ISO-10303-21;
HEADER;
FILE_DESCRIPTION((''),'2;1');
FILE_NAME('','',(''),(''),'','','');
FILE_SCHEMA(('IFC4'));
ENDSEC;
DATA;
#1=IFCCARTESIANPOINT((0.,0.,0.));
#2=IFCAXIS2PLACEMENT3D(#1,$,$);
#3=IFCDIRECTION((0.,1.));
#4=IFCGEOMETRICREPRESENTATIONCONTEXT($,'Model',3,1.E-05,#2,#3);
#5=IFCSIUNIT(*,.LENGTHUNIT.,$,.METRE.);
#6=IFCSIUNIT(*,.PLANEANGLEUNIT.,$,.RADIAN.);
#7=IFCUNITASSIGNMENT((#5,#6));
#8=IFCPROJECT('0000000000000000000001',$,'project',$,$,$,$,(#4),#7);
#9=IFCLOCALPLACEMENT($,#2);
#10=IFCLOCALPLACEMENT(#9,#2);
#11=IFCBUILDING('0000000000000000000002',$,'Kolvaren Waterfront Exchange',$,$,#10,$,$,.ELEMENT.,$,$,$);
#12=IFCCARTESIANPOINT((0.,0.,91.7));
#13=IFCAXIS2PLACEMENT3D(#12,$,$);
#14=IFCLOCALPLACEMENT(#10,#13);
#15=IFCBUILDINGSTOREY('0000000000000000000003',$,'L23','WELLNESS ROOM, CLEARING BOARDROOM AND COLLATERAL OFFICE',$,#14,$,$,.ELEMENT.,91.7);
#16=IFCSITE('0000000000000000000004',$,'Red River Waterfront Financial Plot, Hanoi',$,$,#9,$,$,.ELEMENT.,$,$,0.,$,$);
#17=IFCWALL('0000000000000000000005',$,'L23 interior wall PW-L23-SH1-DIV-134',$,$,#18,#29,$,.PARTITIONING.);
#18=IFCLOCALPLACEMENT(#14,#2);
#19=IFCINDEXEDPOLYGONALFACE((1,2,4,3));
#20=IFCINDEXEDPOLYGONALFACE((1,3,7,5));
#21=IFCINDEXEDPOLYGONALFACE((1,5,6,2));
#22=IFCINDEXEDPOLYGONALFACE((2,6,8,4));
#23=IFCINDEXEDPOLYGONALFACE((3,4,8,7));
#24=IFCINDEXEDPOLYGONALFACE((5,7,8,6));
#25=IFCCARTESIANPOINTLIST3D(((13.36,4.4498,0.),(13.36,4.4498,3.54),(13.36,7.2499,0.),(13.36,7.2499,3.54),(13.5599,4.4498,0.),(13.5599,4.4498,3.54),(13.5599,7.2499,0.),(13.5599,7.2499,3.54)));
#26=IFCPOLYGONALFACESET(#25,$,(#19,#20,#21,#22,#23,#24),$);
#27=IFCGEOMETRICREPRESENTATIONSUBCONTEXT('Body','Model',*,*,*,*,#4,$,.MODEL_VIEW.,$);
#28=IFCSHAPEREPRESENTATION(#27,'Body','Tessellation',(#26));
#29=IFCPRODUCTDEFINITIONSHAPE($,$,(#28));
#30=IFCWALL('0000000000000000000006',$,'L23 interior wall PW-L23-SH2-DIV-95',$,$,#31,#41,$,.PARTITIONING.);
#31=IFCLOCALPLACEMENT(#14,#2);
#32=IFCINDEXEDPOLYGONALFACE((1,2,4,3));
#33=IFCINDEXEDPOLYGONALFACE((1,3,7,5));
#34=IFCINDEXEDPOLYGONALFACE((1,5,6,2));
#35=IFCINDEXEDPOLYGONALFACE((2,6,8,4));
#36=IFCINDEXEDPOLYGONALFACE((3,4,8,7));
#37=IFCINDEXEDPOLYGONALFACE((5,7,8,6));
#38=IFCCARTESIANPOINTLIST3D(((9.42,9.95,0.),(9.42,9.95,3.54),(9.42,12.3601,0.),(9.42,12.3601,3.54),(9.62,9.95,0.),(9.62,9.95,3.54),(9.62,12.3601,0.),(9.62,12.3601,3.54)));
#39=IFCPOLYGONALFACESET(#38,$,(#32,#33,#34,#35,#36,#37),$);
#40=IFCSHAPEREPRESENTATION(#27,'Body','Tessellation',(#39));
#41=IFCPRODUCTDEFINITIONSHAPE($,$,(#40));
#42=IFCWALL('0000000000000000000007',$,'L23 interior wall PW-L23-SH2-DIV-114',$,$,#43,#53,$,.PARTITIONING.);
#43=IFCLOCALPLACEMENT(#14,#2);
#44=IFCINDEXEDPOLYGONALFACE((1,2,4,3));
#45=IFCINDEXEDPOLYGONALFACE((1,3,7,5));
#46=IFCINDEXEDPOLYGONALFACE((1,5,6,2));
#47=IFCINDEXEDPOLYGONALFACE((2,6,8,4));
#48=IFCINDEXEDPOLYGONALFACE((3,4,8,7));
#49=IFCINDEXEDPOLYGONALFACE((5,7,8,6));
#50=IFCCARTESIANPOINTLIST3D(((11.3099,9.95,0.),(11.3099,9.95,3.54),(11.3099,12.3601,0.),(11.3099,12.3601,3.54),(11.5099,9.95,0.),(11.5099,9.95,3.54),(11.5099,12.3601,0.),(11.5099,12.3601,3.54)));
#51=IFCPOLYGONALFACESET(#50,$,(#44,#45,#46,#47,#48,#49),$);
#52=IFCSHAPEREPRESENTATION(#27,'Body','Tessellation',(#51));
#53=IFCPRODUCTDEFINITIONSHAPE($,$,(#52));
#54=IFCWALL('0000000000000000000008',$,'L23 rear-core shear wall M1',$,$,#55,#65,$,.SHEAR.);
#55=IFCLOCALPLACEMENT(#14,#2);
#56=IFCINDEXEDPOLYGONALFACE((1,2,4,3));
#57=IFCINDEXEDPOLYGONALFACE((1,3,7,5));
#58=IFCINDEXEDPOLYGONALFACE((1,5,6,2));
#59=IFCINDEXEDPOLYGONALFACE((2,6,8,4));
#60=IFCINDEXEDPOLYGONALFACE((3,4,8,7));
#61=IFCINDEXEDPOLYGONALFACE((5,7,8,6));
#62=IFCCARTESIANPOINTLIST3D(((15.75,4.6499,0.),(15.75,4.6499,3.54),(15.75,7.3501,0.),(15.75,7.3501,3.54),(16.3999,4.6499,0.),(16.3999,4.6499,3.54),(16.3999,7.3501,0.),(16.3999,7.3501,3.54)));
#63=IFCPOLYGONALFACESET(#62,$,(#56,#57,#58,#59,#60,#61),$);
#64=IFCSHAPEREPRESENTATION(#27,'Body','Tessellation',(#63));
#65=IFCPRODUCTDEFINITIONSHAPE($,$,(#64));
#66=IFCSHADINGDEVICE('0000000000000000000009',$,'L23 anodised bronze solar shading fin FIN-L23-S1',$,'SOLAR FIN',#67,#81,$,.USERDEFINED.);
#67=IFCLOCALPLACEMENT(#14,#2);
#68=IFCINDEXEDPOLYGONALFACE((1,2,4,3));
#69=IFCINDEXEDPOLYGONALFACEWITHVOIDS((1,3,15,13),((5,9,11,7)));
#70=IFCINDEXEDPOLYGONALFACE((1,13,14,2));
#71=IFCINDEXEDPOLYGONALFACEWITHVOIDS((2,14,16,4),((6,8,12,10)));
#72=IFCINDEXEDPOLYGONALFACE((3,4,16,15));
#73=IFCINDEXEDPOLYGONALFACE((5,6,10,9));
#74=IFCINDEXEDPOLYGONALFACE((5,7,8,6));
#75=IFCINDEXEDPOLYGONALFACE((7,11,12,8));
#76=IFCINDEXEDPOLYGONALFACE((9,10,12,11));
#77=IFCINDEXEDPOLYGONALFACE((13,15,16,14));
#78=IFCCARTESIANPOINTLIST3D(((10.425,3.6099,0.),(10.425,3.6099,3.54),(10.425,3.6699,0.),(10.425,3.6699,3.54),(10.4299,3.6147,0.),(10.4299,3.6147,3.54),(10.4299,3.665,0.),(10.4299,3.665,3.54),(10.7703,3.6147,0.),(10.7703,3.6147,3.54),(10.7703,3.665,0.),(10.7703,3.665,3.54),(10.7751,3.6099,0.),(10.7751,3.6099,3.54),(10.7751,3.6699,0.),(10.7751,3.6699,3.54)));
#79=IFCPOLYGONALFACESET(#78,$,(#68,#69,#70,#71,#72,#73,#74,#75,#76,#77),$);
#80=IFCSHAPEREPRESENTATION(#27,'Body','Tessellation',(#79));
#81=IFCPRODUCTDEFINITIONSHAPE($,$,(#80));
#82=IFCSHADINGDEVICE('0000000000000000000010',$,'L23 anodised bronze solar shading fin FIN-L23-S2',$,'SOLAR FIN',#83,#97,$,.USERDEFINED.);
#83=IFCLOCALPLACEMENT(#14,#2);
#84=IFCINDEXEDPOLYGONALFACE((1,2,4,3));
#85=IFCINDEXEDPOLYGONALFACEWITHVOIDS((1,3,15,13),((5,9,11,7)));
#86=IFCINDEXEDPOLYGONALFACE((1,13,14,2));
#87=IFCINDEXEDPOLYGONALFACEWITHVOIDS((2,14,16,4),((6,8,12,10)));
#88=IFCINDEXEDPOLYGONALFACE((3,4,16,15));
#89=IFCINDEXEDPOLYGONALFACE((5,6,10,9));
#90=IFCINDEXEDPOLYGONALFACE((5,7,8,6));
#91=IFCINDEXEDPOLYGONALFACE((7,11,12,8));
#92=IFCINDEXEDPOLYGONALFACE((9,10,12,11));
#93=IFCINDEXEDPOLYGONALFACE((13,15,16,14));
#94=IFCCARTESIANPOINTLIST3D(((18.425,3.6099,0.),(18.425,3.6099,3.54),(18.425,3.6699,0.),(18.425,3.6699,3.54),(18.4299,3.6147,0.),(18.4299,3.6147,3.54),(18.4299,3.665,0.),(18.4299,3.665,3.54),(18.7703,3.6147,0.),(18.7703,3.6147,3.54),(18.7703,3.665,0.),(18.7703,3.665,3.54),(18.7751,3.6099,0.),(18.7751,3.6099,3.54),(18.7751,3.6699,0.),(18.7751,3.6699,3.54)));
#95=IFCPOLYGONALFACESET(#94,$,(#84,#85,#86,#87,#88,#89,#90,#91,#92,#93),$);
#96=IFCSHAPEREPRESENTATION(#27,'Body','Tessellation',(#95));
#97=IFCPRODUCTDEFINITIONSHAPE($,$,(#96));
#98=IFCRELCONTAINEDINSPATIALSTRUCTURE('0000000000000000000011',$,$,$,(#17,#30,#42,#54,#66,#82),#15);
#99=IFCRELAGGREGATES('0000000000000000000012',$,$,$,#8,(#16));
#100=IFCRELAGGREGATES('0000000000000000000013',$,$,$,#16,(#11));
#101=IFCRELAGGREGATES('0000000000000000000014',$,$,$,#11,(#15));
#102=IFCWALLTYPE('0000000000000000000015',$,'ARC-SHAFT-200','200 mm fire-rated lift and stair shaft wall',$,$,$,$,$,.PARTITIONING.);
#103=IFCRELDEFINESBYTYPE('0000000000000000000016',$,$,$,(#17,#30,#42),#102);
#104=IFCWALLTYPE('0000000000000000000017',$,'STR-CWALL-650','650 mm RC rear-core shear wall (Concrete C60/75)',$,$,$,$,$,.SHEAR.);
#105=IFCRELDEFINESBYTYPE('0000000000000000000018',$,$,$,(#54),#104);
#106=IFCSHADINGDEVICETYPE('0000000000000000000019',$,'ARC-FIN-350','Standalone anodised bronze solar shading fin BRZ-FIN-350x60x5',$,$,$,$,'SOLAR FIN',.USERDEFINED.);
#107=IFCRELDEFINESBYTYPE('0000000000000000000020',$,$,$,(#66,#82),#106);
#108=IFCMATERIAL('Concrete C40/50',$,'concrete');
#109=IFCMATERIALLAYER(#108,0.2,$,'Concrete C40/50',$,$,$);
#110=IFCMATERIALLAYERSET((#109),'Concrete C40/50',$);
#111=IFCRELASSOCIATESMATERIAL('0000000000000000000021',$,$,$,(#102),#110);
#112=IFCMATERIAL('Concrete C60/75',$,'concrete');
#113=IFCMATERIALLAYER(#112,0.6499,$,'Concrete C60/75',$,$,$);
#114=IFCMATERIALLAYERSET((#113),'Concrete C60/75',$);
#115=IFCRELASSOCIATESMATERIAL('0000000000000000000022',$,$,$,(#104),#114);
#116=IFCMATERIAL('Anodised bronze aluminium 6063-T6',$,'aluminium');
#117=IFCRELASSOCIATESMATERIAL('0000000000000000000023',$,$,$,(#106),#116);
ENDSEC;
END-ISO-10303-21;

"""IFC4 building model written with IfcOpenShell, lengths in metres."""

from ifc_helpers import new_model, si_unit, direction, frame, frame_2d, origin, origin_2d, place, context, subcontext, project, spatial, rectangle, hollow_rectangle, extrude, material, layer, layer_set, material_profile, profile_set, type_object, element, save


model = new_model("IFC4")

# Units and contexts
model_context = context("Model", 3, precision=1e-05, world=origin(), true_north=direction((0.0, 1.0)))
body_context = subcontext(model_context, "Body", "Model", "MODEL_VIEW")
ifc_project = project(units=[si_unit("LENGTHUNIT", "METRE"), si_unit("PLANEANGLEUNIT", "RADIAN")], contexts=[model_context])

# Site, building, storey
site_placement = place(None, origin())
site = spatial("IfcSite", under=ifc_project, at=site_placement, Name="Red River Waterfront Financial Plot, Hanoi", CompositionType="ELEMENT", RefElevation=0.0)
building_placement = place(site_placement, origin())
building = spatial("IfcBuilding", under=site, at=building_placement, Name="Kolvaren Waterfront Exchange", CompositionType="ELEMENT")
storey_placement = place(building_placement, frame((0.0, 0.0, 91.7)))
storey = spatial("IfcBuildingStorey", under=building, at=storey_placement, Name="L23", Description="WELLNESS ROOM, CLEARING BOARDROOM AND COLLATERAL OFFICE", CompositionType="ELEMENT", Elevation=91.7)

# Shared definitions
ifc_material_1 = material(Name="Concrete C60/75", Category="concrete")

# Shared definitions
ifc_material_2 = material(Name="Anodised bronze aluminium 6063-T6", Category="aluminium")

# Walls
ifc_material_3 = material(Name="Concrete C40/50", Category="concrete")
ifc_layer_1 = layer(ifc_material_3, 0.2, Name="Concrete C40/50")
ifc_layer_set_1 = layer_set([ifc_layer_1], Name="Concrete C40/50")
wall_type_1 = type_object("IfcWallType", Name="ARC-SHAFT-200", Description="200 mm fire-rated lift and stair shaft wall", PredefinedType="PARTITIONING", material=ifc_layer_set_1)
for number, where, z_axis, x_axis, name in (
    (1, (13.46, 4.45, 0.0), (0.0, 0.0, 1.0), (0.0, 1.0, 0.0), "L23 interior wall PW-L23-SH1-DIV-134"),
):
    element("IfcWall", number, at=place(storey_placement, frame(where, z_axis=z_axis, x_axis=x_axis)), inside=storey, type_object=wall_type_1, Name=name, PredefinedType="PARTITIONING", context=body_context, shape_type="SweptSolid", body=[
        extrude(rectangle(XDim=2.8, YDim=0.2, at=frame_2d((1.3999, 0.0))), origin(), (0.0, 0.0, 1.0), 3.54),
    ])
for number, where, z_axis, x_axis, name in (
    (2, (9.52, 9.95, 0.0), (0.0, 0.0, 1.0), (0.0, 1.0, 0.0), "L23 interior wall PW-L23-SH2-DIV-95"),
    (3, (11.4099, 9.95, 0.0), (0.0, 0.0, 1.0), (0.0, 1.0, 0.0), "L23 interior wall PW-L23-SH2-DIV-114"),
):
    element("IfcWall", number, at=place(storey_placement, frame(where, z_axis=z_axis, x_axis=x_axis)), inside=storey, type_object=wall_type_1, Name=name, PredefinedType="PARTITIONING", context=body_context, shape_type="SweptSolid", body=[
        extrude(rectangle(XDim=2.4102, YDim=0.2, at=frame_2d((1.2051, 0.0))), origin(), (0.0, 0.0, 1.0), 3.54),
    ])
ifc_layer_2 = layer(ifc_material_1, 0.6499, Name="Concrete C60/75")
ifc_layer_set_2 = layer_set([ifc_layer_2], Name="Concrete C60/75")
wall_type_2 = type_object("IfcWallType", Name="STR-CWALL-650", Description="650 mm RC rear-core shear wall (Concrete C60/75)", PredefinedType="SHEAR", material=ifc_layer_set_2)
wall_1_placement = place(storey_placement, frame((16.075, 4.6499, 0.0), z_axis=(0.0, 0.0, 1.0), x_axis=(0.0, 1.0, 0.0)))
element("IfcWall", 4, at=wall_1_placement, inside=storey, type_object=wall_type_2, Name="L23 rear-core shear wall M1", PredefinedType="SHEAR", context=body_context, shape_type="SweptSolid", body=[
    extrude(rectangle(XDim=2.7002, YDim=0.6499, at=frame_2d((1.3501, 0.0))), origin(), (0.0, 0.0, 1.0), 3.54),
])

# Shading devices
ifc_material_profile_1 = material_profile(ifc_material_2, hollow_rectangle(XDim=0.0601, YDim=0.3501, WallThickness=0.0049, at=origin_2d()), Name="BRZ-FIN-350x60x5")
ifc_profile_set_1 = profile_set([ifc_material_profile_1], Name="Anodised bronze aluminium 6063-T6")
shading_device_type = type_object("IfcShadingDeviceType", Name="ARC-FIN-350", Description="Standalone anodised bronze solar shading fin BRZ-FIN-350x60x5", ElementType="SOLAR FIN", PredefinedType="USERDEFINED", material=ifc_profile_set_1)
for number, where, z_axis, x_axis, name in (
    (5, (10.6001, 3.6399, 0.0), (0.0, 0.0, 1.0), (0.0, -1.0, 0.0), "L23 anodised bronze solar shading fin FIN-L23-S1"),
    (6, (18.6001, 3.6399, 0.0), (0.0, 0.0, 1.0), (0.0, -1.0, 0.0), "L23 anodised bronze solar shading fin FIN-L23-S2"),
):
    element("IfcShadingDevice", number, at=place(storey_placement, frame(where, z_axis=z_axis, x_axis=x_axis)), inside=storey, type_object=shading_device_type, Name=name, ObjectType="SOLAR FIN", PredefinedType="USERDEFINED", context=body_context, shape_type="SweptSolid", body=[
        extrude(hollow_rectangle(XDim=0.0601, YDim=0.3501, WallThickness=0.0049, at=origin_2d()), origin(), (0.0, 0.0, 1.0), 3.54),
    ])

save(model, "model.ifc")
